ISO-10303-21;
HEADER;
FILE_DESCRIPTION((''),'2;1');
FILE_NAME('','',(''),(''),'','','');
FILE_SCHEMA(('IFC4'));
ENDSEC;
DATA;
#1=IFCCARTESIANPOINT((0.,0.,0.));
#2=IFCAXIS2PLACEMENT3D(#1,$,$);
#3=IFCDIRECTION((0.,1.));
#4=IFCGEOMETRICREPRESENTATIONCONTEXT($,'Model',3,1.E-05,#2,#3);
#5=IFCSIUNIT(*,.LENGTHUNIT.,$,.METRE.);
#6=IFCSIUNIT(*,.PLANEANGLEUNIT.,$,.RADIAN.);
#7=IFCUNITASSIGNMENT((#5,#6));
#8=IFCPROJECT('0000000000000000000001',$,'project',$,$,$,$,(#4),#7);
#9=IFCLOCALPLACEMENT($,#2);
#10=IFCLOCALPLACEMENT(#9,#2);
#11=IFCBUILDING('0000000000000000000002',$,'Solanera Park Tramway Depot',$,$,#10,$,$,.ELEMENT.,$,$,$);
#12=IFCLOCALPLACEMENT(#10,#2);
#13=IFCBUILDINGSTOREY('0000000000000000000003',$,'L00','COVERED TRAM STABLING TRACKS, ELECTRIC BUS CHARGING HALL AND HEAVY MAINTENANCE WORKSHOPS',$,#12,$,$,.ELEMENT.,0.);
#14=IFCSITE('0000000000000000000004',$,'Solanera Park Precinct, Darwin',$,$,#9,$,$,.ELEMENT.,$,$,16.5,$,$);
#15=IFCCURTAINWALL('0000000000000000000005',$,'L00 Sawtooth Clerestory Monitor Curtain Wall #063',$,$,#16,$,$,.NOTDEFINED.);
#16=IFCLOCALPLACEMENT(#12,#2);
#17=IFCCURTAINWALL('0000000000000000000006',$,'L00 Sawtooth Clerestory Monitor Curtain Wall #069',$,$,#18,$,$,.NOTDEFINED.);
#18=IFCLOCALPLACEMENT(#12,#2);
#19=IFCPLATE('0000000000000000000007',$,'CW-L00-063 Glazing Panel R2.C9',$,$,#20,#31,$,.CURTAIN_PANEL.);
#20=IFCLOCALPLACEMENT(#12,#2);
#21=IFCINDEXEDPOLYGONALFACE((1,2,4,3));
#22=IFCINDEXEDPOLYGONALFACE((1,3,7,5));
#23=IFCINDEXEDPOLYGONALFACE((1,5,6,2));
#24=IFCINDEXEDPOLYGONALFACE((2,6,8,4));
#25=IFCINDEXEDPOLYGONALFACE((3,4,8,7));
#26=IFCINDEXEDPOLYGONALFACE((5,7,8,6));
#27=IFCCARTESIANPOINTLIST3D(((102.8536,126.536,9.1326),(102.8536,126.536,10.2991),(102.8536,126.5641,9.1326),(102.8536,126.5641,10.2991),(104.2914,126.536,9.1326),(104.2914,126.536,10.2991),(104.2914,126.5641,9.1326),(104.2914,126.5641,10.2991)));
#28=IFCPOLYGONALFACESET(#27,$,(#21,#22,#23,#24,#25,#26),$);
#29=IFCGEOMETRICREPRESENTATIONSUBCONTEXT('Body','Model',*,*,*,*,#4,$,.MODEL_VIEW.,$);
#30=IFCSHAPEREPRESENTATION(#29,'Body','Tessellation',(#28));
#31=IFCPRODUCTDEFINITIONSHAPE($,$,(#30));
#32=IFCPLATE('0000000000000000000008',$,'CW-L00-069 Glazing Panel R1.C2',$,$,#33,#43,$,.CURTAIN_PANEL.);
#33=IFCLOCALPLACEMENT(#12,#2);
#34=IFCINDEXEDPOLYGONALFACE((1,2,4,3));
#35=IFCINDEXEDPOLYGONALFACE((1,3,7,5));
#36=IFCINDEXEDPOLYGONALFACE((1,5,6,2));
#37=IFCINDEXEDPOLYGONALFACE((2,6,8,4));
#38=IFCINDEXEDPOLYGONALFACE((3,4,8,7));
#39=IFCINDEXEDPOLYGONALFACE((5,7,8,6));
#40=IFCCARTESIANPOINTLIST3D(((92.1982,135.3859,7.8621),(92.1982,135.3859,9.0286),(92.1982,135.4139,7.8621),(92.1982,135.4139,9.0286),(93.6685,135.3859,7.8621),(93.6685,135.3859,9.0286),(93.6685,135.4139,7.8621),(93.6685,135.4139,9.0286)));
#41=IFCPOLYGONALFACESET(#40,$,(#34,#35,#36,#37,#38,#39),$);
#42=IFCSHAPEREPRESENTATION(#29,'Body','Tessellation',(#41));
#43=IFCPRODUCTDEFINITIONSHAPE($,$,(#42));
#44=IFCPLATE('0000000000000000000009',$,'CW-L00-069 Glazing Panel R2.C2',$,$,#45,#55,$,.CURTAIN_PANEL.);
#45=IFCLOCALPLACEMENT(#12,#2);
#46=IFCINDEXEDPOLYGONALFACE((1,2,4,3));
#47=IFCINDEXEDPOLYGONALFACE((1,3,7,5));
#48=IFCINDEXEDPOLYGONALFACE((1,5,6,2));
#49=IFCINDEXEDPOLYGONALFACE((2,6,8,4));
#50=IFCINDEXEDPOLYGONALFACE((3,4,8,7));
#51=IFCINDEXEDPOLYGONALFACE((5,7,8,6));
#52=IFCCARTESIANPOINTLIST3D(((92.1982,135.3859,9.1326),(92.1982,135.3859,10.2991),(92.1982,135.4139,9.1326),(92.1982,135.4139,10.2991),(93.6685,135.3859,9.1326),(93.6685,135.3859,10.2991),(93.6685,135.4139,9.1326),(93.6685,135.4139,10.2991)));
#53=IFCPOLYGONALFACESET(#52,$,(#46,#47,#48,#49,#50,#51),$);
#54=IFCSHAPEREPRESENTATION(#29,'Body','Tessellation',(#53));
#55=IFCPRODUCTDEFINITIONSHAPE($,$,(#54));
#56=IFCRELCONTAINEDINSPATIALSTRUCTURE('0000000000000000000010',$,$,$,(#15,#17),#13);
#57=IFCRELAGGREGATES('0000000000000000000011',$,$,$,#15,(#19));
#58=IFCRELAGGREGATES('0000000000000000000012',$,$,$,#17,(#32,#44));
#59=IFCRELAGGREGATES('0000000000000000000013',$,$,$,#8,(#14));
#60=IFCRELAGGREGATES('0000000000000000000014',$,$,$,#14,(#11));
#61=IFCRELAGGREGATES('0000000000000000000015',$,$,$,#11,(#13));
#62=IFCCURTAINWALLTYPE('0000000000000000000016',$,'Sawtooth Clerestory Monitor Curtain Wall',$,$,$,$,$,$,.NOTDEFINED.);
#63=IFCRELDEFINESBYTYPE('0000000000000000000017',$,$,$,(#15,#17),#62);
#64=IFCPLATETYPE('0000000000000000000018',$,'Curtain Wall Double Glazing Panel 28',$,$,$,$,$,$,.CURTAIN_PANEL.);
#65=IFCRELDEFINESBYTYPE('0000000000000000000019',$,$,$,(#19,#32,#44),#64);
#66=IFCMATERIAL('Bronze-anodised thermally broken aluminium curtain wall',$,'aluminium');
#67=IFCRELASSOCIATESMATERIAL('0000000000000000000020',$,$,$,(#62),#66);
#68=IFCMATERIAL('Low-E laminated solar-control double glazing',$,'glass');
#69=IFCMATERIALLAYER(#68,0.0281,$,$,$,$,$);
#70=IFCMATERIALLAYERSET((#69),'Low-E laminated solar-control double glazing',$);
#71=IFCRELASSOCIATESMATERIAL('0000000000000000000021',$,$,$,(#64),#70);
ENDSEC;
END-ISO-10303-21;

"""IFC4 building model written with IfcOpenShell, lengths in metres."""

from ifc_helpers import new_model, si_unit, direction, frame, origin, origin_2d, place, context, subcontext, project, spatial, rectangle, extrude, material, layer, layer_set, type_object, element, aggregate, save


model = new_model("IFC4")

# Units and contexts
model_context = context("Model", 3, precision=1e-05, world=origin(), true_north=direction((0.0, 1.0)))
body_context = subcontext(model_context, "Body", "Model", "MODEL_VIEW")
ifc_project = project(units=[si_unit("LENGTHUNIT", "METRE"), si_unit("PLANEANGLEUNIT", "RADIAN")], contexts=[model_context])

# Site, building, storey
site_placement = place(None, origin())
site = spatial("IfcSite", under=ifc_project, at=site_placement, Name="Solanera Park Precinct, Darwin", CompositionType="ELEMENT", RefElevation=16.5)
building_placement = place(site_placement, origin())
building = spatial("IfcBuilding", under=site, at=building_placement, Name="Solanera Park Tramway Depot", CompositionType="ELEMENT")
storey_placement = place(building_placement, origin())
storey = spatial("IfcBuildingStorey", under=building, at=storey_placement, Name="L00", Description="COVERED TRAM STABLING TRACKS, ELECTRIC BUS CHARGING HALL AND HEAVY MAINTENANCE WORKSHOPS", CompositionType="ELEMENT", Elevation=0.0)

# Curtain wall
ifc_material_1 = material(Name="Bronze-anodised thermally broken aluminium curtain wall", Category="aluminium")
curtain_wall_type = type_object("IfcCurtainWallType", Name="Sawtooth Clerestory Monitor Curtain Wall", PredefinedType="NOTDEFINED", material=ifc_material_1)
curtain_wall_1_placement = place(storey_placement, origin())
curtain_wall_1 = element("IfcCurtainWall", 1, at=curtain_wall_1_placement, inside=storey, type_object=curtain_wall_type, Name="L00 Sawtooth Clerestory Monitor Curtain Wall #063", PredefinedType="NOTDEFINED")

# Curtain wall
curtain_wall_2_placement = place(storey_placement, origin())
curtain_wall_2 = element("IfcCurtainWall", 2, at=curtain_wall_2_placement, inside=storey, type_object=curtain_wall_type, Name="L00 Sawtooth Clerestory Monitor Curtain Wall #069", PredefinedType="NOTDEFINED")

# Plates
ifc_material_2 = material(Name="Low-E laminated solar-control double glazing", Category="glass")
ifc_layer = layer(ifc_material_2, 0.0281)
ifc_layer_set = layer_set([ifc_layer], Name="Low-E laminated solar-control double glazing")
plate_type = type_object("IfcPlateType", Name="Curtain Wall Double Glazing Panel 28", PredefinedType="CURTAIN_PANEL", material=ifc_layer_set)
plate_1_placement = place(storey_placement, frame((103.5725, 126.55, 9.1326), z_axis=(0.0, 0.0, 1.0), x_axis=(1.0, 0.0, 0.0)))
plate_1 = element("IfcPlate", 3, at=plate_1_placement, type_object=plate_type, Name="CW-L00-063 Glazing Panel R2.C9", PredefinedType="CURTAIN_PANEL", context=body_context, shape_type="SweptSolid", body=[
    extrude(rectangle(XDim=1.4377, YDim=0.0281, at=origin_2d()), origin(), (0.0, 0.0, 1.0), 1.1665),
])
aggregate(curtain_wall_1, [plate_1])
plate_2_placement = place(storey_placement, frame((92.9333, 135.3999, 7.8621), z_axis=(0.0, 0.0, 1.0), x_axis=(1.0, 0.0, 0.0)))
plate_2 = element("IfcPlate", 4, at=plate_2_placement, type_object=plate_type, Name="CW-L00-069 Glazing Panel R1.C2", PredefinedType="CURTAIN_PANEL", context=body_context, shape_type="SweptSolid", body=[
    extrude(rectangle(XDim=1.4702, YDim=0.0281, at=origin_2d()), origin(), (0.0, 0.0, 1.0), 1.1665),
])
plate_3_placement = place(storey_placement, frame((92.9333, 135.3999, 9.1326), z_axis=(0.0, 0.0, 1.0), x_axis=(1.0, 0.0, 0.0)))
plate_3 = element("IfcPlate", 5, at=plate_3_placement, type_object=plate_type, Name="CW-L00-069 Glazing Panel R2.C2", PredefinedType="CURTAIN_PANEL", context=body_context, shape_type="SweptSolid", body=[
    extrude(rectangle(XDim=1.4702, YDim=0.0281, at=origin_2d()), origin(), (0.0, 0.0, 1.0), 1.1665),
])
aggregate(curtain_wall_2, [plate_2, plate_3])

save(model, "model.ifc")
